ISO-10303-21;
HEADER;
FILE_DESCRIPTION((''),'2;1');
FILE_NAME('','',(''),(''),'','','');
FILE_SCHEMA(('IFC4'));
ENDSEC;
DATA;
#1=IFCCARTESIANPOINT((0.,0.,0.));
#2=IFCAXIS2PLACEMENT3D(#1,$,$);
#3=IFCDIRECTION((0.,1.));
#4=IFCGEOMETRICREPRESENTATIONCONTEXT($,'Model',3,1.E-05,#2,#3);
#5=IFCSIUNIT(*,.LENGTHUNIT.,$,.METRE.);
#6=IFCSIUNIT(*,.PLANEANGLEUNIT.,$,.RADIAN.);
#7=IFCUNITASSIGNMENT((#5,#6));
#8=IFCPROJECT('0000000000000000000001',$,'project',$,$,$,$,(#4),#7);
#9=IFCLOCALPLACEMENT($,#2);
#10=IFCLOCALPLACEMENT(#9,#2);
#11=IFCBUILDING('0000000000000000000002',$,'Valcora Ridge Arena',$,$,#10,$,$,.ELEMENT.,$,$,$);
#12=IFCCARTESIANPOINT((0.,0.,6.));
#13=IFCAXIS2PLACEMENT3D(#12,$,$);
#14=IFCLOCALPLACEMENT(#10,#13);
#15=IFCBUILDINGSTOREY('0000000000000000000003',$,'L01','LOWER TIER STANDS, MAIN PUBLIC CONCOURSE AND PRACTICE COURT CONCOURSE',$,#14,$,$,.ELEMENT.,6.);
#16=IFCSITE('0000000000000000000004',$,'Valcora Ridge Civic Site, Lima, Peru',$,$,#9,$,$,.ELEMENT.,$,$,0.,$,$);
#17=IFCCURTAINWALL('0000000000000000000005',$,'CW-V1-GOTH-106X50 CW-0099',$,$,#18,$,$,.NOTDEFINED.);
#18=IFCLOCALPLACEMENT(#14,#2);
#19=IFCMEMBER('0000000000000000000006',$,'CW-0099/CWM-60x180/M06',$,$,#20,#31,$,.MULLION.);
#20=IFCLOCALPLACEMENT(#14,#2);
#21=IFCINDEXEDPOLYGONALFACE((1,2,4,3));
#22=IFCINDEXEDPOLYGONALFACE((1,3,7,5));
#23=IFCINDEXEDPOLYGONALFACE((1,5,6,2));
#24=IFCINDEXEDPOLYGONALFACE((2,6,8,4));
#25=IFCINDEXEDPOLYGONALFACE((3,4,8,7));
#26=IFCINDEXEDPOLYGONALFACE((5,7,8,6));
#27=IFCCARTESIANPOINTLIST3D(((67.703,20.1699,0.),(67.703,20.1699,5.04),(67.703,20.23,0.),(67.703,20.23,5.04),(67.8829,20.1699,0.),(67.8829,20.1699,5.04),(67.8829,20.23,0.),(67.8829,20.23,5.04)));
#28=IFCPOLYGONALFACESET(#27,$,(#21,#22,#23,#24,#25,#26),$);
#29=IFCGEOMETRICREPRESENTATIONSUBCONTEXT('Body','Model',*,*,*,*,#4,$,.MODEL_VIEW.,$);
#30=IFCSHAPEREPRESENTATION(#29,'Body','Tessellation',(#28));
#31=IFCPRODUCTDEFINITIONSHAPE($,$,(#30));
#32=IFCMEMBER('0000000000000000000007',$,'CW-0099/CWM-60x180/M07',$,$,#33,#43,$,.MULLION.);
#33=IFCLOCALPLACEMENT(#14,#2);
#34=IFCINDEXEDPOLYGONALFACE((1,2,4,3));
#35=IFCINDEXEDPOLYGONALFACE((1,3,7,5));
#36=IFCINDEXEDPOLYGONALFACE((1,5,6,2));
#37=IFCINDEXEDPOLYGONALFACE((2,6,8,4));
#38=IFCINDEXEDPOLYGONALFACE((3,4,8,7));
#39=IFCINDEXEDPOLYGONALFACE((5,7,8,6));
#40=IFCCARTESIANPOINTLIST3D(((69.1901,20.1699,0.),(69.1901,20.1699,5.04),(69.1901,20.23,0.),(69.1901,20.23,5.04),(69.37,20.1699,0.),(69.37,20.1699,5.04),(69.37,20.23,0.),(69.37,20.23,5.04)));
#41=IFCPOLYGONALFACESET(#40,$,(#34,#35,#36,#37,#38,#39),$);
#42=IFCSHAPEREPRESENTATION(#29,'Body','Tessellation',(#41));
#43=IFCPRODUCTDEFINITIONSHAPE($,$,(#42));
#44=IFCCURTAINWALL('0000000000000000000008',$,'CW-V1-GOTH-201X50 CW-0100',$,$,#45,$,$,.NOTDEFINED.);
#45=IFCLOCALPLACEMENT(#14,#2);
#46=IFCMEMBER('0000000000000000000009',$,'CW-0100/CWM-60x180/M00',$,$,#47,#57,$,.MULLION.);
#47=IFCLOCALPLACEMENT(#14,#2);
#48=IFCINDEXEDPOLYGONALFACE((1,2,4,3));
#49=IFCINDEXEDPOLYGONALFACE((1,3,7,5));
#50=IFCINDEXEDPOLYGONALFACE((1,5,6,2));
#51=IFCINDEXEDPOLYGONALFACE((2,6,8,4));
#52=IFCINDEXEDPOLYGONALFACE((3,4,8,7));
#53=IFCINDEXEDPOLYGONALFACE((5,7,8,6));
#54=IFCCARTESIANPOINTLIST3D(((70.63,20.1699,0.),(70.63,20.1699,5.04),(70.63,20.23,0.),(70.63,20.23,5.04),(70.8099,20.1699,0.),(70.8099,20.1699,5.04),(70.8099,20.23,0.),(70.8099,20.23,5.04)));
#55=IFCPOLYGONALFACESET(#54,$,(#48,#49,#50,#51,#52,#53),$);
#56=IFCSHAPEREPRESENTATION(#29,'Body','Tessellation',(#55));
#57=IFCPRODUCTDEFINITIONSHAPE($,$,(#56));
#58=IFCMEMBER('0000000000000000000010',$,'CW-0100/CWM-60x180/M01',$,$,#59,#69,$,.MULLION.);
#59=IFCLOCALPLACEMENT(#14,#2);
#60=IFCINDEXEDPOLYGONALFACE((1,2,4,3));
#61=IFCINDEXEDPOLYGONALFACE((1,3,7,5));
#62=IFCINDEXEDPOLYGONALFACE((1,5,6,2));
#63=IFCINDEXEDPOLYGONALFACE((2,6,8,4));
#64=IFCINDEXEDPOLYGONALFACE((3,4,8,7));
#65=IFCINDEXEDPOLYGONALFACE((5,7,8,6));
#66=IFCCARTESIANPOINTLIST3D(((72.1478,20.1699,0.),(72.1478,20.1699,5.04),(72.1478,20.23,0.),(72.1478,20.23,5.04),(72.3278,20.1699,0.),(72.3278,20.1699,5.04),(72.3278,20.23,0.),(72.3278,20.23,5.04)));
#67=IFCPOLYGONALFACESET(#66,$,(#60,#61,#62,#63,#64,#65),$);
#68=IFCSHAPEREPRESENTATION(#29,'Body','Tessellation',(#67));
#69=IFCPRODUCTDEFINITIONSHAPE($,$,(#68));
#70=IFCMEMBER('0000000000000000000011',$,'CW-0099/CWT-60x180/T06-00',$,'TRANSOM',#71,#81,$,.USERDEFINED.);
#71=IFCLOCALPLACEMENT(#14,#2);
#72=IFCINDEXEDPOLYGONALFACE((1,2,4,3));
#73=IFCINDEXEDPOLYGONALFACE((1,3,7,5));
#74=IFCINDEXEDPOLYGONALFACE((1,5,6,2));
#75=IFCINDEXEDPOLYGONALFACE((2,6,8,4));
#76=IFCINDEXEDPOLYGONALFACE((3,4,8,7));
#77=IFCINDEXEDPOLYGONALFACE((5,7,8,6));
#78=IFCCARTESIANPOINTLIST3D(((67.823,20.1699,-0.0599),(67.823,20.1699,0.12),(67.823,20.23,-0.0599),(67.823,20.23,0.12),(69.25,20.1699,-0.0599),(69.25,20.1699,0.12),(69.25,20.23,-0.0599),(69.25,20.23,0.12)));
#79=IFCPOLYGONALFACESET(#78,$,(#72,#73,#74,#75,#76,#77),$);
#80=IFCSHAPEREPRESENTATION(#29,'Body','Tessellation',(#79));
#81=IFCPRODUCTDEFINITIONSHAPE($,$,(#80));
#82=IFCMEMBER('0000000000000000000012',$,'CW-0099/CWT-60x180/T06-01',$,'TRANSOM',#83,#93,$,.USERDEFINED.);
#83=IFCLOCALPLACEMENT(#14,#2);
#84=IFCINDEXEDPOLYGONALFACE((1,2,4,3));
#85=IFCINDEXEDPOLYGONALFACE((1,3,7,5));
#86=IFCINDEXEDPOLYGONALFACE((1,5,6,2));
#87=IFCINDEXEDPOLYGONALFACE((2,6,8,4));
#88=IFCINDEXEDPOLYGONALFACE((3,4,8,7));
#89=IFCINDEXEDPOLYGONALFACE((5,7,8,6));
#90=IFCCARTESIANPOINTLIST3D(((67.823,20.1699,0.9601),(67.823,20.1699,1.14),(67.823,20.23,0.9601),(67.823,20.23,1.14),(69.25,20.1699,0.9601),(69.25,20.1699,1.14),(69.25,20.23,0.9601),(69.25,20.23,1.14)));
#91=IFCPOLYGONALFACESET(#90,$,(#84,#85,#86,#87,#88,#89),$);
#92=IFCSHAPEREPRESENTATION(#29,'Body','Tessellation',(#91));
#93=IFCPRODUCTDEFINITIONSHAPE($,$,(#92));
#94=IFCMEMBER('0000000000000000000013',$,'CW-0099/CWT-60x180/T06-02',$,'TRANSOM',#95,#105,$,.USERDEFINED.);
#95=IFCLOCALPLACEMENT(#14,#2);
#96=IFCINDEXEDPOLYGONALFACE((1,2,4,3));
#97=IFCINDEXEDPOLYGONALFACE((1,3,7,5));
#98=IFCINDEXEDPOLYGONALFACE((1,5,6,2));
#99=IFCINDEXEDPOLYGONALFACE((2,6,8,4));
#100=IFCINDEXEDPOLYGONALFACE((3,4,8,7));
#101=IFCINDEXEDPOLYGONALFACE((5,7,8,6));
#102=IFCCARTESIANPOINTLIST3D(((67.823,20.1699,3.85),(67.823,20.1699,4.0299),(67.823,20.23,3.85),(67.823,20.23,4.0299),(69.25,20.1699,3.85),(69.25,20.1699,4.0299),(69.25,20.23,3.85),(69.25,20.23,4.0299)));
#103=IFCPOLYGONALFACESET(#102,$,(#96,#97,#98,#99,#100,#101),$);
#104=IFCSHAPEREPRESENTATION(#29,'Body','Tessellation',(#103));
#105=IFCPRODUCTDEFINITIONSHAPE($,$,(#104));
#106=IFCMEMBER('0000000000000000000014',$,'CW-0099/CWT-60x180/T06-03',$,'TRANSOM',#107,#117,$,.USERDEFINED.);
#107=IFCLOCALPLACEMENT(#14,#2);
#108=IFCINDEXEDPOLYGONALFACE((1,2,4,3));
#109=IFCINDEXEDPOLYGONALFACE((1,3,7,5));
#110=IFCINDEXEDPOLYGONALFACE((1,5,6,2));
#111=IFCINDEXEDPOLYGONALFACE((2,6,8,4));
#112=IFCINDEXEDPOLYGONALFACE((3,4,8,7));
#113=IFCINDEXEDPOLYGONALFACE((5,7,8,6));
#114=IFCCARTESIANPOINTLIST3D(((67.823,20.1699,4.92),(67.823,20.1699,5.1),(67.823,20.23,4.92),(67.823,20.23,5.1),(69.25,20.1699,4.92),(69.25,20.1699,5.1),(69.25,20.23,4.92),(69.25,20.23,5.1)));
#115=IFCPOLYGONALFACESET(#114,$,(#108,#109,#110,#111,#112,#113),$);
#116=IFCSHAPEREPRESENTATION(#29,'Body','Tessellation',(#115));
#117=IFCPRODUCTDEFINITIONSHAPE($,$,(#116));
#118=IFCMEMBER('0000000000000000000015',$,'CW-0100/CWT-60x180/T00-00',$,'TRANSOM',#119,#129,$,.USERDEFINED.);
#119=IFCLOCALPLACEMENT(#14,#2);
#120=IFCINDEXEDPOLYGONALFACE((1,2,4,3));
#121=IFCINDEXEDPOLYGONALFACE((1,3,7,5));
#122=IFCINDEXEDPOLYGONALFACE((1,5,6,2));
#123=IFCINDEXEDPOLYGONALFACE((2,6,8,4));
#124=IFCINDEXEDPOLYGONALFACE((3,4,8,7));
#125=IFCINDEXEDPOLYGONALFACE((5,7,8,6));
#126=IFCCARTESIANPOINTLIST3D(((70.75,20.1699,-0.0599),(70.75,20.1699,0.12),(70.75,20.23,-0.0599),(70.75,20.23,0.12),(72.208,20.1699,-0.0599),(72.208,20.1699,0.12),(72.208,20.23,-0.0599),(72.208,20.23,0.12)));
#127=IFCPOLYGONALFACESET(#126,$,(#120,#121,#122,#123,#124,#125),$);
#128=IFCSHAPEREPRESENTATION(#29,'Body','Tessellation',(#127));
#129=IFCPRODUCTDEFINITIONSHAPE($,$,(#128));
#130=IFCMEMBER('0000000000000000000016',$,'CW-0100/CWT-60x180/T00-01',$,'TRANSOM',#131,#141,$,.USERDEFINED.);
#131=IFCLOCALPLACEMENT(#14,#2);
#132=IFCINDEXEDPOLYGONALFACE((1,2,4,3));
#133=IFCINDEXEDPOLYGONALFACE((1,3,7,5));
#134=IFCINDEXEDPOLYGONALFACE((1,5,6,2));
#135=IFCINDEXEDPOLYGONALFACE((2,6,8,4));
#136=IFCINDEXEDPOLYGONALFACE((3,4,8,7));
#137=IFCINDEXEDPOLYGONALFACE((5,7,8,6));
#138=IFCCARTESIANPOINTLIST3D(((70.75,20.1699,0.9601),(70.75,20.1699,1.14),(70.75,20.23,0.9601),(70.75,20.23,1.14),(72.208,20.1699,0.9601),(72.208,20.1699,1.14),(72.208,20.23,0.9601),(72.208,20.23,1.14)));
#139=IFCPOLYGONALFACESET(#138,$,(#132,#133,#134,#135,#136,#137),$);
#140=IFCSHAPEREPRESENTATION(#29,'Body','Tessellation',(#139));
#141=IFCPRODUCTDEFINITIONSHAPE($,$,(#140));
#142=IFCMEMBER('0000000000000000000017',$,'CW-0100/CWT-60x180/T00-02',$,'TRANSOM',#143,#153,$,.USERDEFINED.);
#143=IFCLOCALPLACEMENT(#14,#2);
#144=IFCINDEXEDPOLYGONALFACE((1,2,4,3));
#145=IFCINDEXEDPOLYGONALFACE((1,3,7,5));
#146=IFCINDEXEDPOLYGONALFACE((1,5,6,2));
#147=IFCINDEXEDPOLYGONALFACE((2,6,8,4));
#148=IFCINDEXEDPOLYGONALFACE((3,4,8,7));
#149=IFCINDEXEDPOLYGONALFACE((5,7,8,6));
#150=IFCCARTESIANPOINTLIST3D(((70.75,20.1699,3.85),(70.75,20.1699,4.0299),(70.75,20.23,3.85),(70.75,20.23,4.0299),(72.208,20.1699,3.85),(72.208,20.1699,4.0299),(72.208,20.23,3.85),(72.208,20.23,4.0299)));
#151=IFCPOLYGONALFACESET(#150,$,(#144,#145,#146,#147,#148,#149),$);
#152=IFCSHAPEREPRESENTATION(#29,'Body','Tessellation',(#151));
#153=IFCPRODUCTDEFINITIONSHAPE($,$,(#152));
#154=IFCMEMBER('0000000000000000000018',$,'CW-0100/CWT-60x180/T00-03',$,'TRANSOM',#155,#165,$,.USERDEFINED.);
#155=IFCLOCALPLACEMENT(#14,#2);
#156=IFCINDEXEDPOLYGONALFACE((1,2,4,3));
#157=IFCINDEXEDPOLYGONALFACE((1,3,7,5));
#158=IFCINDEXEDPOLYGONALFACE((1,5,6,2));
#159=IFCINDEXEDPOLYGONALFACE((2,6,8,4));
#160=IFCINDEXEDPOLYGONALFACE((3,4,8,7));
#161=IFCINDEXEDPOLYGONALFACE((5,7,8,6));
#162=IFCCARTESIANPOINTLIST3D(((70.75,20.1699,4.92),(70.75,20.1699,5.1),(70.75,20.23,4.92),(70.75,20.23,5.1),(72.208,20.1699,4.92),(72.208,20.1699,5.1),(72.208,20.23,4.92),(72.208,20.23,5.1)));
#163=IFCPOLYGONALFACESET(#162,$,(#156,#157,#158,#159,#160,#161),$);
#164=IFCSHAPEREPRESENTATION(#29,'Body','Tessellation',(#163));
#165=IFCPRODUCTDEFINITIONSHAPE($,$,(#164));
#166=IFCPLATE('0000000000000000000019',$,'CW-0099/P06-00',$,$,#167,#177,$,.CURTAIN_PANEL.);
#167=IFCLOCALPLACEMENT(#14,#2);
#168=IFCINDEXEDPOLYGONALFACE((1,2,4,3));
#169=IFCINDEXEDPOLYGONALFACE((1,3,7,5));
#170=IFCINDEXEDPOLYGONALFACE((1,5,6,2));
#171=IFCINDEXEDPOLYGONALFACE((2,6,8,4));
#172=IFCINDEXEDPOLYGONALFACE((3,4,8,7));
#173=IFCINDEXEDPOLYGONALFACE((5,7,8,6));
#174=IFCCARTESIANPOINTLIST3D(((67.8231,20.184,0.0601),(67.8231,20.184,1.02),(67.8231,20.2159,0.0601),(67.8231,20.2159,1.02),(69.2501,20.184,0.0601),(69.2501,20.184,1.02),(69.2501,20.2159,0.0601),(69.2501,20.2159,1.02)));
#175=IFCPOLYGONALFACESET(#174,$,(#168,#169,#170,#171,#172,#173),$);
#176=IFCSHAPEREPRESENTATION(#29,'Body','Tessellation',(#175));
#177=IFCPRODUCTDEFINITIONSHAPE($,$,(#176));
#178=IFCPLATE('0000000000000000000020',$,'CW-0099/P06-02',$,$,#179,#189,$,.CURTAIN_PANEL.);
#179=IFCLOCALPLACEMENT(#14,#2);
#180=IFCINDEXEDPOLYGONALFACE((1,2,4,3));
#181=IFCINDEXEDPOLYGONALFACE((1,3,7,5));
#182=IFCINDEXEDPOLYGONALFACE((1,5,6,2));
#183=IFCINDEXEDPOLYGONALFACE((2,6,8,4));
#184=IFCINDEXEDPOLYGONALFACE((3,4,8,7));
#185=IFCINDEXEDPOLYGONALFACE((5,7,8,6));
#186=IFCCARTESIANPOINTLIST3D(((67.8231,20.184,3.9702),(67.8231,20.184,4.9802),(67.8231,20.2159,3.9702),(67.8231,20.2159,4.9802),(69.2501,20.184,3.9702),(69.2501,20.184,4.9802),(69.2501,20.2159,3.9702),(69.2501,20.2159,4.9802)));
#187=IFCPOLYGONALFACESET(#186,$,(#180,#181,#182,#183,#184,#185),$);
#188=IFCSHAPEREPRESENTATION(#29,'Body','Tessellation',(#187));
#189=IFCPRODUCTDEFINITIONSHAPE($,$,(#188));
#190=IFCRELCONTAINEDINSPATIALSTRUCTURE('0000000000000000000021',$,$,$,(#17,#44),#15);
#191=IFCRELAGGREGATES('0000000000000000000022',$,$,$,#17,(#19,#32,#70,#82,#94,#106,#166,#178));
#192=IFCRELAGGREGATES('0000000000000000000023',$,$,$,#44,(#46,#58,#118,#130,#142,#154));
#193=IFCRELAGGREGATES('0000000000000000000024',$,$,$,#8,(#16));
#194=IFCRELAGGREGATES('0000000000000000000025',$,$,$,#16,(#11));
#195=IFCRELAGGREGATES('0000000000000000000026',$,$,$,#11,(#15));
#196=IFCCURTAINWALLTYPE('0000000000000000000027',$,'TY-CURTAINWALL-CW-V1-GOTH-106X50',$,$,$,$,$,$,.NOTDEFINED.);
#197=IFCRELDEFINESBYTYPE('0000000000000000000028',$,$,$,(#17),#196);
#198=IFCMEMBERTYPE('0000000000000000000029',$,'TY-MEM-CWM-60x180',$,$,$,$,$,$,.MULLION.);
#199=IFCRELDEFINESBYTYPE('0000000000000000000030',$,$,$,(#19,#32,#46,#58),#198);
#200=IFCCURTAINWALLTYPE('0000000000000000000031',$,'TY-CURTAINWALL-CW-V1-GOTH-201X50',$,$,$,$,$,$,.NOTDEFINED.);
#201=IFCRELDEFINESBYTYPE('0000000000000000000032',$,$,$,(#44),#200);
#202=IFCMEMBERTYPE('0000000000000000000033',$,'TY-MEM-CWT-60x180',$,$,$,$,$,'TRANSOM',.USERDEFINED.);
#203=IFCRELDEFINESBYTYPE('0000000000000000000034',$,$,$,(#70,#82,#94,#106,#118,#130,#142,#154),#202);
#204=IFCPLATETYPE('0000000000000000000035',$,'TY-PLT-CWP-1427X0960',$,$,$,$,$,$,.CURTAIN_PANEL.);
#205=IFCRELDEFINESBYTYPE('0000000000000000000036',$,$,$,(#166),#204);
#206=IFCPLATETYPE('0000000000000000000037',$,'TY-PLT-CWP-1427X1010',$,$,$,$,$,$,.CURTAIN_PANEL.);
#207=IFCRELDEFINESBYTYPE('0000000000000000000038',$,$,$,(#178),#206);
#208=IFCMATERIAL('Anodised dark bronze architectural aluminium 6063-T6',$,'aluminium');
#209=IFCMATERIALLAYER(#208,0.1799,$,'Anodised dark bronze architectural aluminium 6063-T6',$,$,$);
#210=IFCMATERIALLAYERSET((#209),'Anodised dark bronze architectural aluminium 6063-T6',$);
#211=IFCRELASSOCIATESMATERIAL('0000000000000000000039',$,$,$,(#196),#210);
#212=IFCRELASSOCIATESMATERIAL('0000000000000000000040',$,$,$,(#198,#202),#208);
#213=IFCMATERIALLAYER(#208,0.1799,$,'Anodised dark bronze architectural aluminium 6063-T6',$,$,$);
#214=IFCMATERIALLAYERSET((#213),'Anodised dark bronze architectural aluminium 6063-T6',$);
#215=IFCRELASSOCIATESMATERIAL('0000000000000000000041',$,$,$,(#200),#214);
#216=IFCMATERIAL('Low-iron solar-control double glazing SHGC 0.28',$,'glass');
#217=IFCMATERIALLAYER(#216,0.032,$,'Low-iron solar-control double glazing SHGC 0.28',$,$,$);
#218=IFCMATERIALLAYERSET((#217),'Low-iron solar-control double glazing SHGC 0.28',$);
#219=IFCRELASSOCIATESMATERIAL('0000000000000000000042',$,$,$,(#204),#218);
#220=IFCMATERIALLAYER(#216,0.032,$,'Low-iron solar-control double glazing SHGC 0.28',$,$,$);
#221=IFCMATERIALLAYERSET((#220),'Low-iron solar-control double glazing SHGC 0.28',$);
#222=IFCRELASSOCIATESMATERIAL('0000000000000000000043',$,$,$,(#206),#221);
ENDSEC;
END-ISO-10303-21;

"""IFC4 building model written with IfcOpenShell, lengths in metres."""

from ifc_helpers import new_model, si_unit, direction, frame, origin, origin_2d, place, context, subcontext, project, spatial, rectangle, extrude, material, layer, layer_set, material_profile, profile_set, type_object, element, aggregate, save


model = new_model("IFC4")

# Units and contexts
model_context = context("Model", 3, precision=1e-05, world=origin(), true_north=direction((0.0, 1.0)))
body_context = subcontext(model_context, "Body", "Model", "MODEL_VIEW")
ifc_project = project(units=[si_unit("LENGTHUNIT", "METRE"), si_unit("PLANEANGLEUNIT", "RADIAN")], contexts=[model_context])

# Site, building, storey
site_placement = place(None, origin())
site = spatial("IfcSite", under=ifc_project, at=site_placement, Name="Valcora Ridge Civic Site, Lima, Peru", CompositionType="ELEMENT", RefElevation=0.0)
building_placement = place(site_placement, origin())
building = spatial("IfcBuilding", under=site, at=building_placement, Name="Valcora Ridge Arena", CompositionType="ELEMENT")
storey_placement = place(building_placement, frame((0.0, 0.0, 6.0)))
storey = spatial("IfcBuildingStorey", under=building, at=storey_placement, Name="L01", Description="LOWER TIER STANDS, MAIN PUBLIC CONCOURSE AND PRACTICE COURT CONCOURSE", CompositionType="ELEMENT", Elevation=6.0)

# Curtain walls, members
ifc_material_1 = material(Name="Anodised dark bronze architectural aluminium 6063-T6", Category="aluminium")
ifc_layer_1 = layer(ifc_material_1, 0.1799, Name="Anodised dark bronze architectural aluminium 6063-T6")
ifc_layer_set_1 = layer_set([ifc_layer_1], Name="Anodised dark bronze architectural aluminium 6063-T6")
curtain_wall_type_1 = type_object("IfcCurtainWallType", Name="TY-CURTAINWALL-CW-V1-GOTH-106X50", PredefinedType="NOTDEFINED", material=ifc_layer_set_1)
curtain_wall_1_placement = place(storey_placement, origin())
curtain_wall_1 = element("IfcCurtainWall", 1, at=curtain_wall_1_placement, inside=storey, type_object=curtain_wall_type_1, Name="CW-V1-GOTH-106X50 CW-0099", PredefinedType="NOTDEFINED")
ifc_material_profile_1 = material_profile(ifc_material_1, rectangle(XDim=0.0601, YDim=0.1799, at=origin_2d()), Name="ALU MULLION 60x180")
ifc_profile_set_1 = profile_set([ifc_material_profile_1], Name="Anodised dark bronze architectural aluminium 6063-T6")
member_type_1 = type_object("IfcMemberType", Name="TY-MEM-CWM-60x180", PredefinedType="MULLION", material=ifc_profile_set_1)
member_1_placement = place(storey_placement, frame((67.793, 20.2, 0.0), z_axis=(0.0, 0.0, 1.0), x_axis=(0.0, 1.0, 0.0)))
member_1 = element("IfcMember", 2, at=member_1_placement, type_object=member_type_1, Name="CW-0099/CWM-60x180/M06", PredefinedType="MULLION", context=body_context, shape_type="SweptSolid", body=[
    extrude(rectangle(XDim=0.0601, YDim=0.1799, at=origin_2d()), origin(), (0.0, 0.0, 1.0), 5.04),
])
member_2_placement = place(storey_placement, frame((69.28, 20.2, 0.0), z_axis=(0.0, 0.0, 1.0), x_axis=(0.0, 1.0, 0.0)))
member_2 = element("IfcMember", 3, at=member_2_placement, type_object=member_type_1, Name="CW-0099/CWM-60x180/M07", PredefinedType="MULLION", context=body_context, shape_type="SweptSolid", body=[
    extrude(rectangle(XDim=0.0601, YDim=0.1799, at=origin_2d()), origin(), (0.0, 0.0, 1.0), 5.04),
])
ifc_layer_2 = layer(ifc_material_1, 0.1799, Name="Anodised dark bronze architectural aluminium 6063-T6")
ifc_layer_set_2 = layer_set([ifc_layer_2], Name="Anodised dark bronze architectural aluminium 6063-T6")
curtain_wall_type_2 = type_object("IfcCurtainWallType", Name="TY-CURTAINWALL-CW-V1-GOTH-201X50", PredefinedType="NOTDEFINED", material=ifc_layer_set_2)
curtain_wall_2_placement = place(storey_placement, origin())
curtain_wall_2 = element("IfcCurtainWall", 4, at=curtain_wall_2_placement, inside=storey, type_object=curtain_wall_type_2, Name="CW-V1-GOTH-201X50 CW-0100", PredefinedType="NOTDEFINED")
member_3_placement = place(storey_placement, frame((70.72, 20.2, 0.0), z_axis=(0.0, 0.0, 1.0), x_axis=(0.0, 1.0, 0.0)))
member_3 = element("IfcMember", 5, at=member_3_placement, type_object=member_type_1, Name="CW-0100/CWM-60x180/M00", PredefinedType="MULLION", context=body_context, shape_type="SweptSolid", body=[
    extrude(rectangle(XDim=0.0601, YDim=0.1799, at=origin_2d()), origin(), (0.0, 0.0, 1.0), 5.04),
])
member_4_placement = place(storey_placement, frame((72.2378, 20.2, 0.0), z_axis=(0.0, 0.0, 1.0), x_axis=(0.0, 1.0, 0.0)))
member_4 = element("IfcMember", 6, at=member_4_placement, type_object=member_type_1, Name="CW-0100/CWM-60x180/M01", PredefinedType="MULLION", context=body_context, shape_type="SweptSolid", body=[
    extrude(rectangle(XDim=0.0601, YDim=0.1799, at=origin_2d()), origin(), (0.0, 0.0, 1.0), 5.04),
])

# Members
ifc_material_profile_2 = material_profile(ifc_material_1, rectangle(XDim=0.0601, YDim=0.1799, at=origin_2d()), Name="ALU TRANSOM 60x180")
ifc_profile_set_2 = profile_set([ifc_material_profile_2], Name="Anodised dark bronze architectural aluminium 6063-T6")
member_type_2 = type_object("IfcMemberType", Name="TY-MEM-CWT-60x180", ElementType="TRANSOM", PredefinedType="USERDEFINED", material=ifc_profile_set_2)
member_5_placement = place(storey_placement, frame((67.823, 20.2, 0.03), z_axis=(1.0, 0.0, 0.0), x_axis=(0.0, 1.0, 0.0)))
member_5 = element("IfcMember", 7, at=member_5_placement, type_object=member_type_2, Name="CW-0099/CWT-60x180/T06-00", ObjectType="TRANSOM", PredefinedType="USERDEFINED", context=body_context, shape_type="SweptSolid", body=[
    extrude(rectangle(XDim=0.0601, YDim=0.1799, at=origin_2d()), origin(), (0.0, 0.0, 1.0), 1.427),
])
member_6_placement = place(storey_placement, frame((67.823, 20.2, 1.05), z_axis=(1.0, 0.0, 0.0), x_axis=(0.0, 1.0, 0.0)))
member_6 = element("IfcMember", 8, at=member_6_placement, type_object=member_type_2, Name="CW-0099/CWT-60x180/T06-01", ObjectType="TRANSOM", PredefinedType="USERDEFINED", context=body_context, shape_type="SweptSolid", body=[
    extrude(rectangle(XDim=0.0601, YDim=0.1799, at=origin_2d()), origin(), (0.0, 0.0, 1.0), 1.427),
])
member_7_placement = place(storey_placement, frame((67.823, 20.2, 3.9399), z_axis=(1.0, 0.0, 0.0), x_axis=(0.0, 1.0, 0.0)))
member_7 = element("IfcMember", 9, at=member_7_placement, type_object=member_type_2, Name="CW-0099/CWT-60x180/T06-02", ObjectType="TRANSOM", PredefinedType="USERDEFINED", context=body_context, shape_type="SweptSolid", body=[
    extrude(rectangle(XDim=0.0601, YDim=0.1799, at=origin_2d()), origin(), (0.0, 0.0, 1.0), 1.427),
])
member_8_placement = place(storey_placement, frame((67.823, 20.2, 5.01), z_axis=(1.0, 0.0, 0.0), x_axis=(0.0, 1.0, 0.0)))
member_8 = element("IfcMember", 10, at=member_8_placement, type_object=member_type_2, Name="CW-0099/CWT-60x180/T06-03", ObjectType="TRANSOM", PredefinedType="USERDEFINED", context=body_context, shape_type="SweptSolid", body=[
    extrude(rectangle(XDim=0.0601, YDim=0.1799, at=origin_2d()), origin(), (0.0, 0.0, 1.0), 1.427),
])
member_9_placement = place(storey_placement, frame((70.75, 20.2, 0.03), z_axis=(1.0, 0.0, 0.0), x_axis=(0.0, 1.0, 0.0)))
member_9 = element("IfcMember", 11, at=member_9_placement, type_object=member_type_2, Name="CW-0100/CWT-60x180/T00-00", ObjectType="TRANSOM", PredefinedType="USERDEFINED", context=body_context, shape_type="SweptSolid", body=[
    extrude(rectangle(XDim=0.0601, YDim=0.1799, at=origin_2d()), origin(), (0.0, 0.0, 1.0), 1.458),
])
member_10_placement = place(storey_placement, frame((70.75, 20.2, 1.05), z_axis=(1.0, 0.0, 0.0), x_axis=(0.0, 1.0, 0.0)))
member_10 = element("IfcMember", 12, at=member_10_placement, type_object=member_type_2, Name="CW-0100/CWT-60x180/T00-01", ObjectType="TRANSOM", PredefinedType="USERDEFINED", context=body_context, shape_type="SweptSolid", body=[
    extrude(rectangle(XDim=0.0601, YDim=0.1799, at=origin_2d()), origin(), (0.0, 0.0, 1.0), 1.458),
])
member_11_placement = place(storey_placement, frame((70.75, 20.2, 3.9399), z_axis=(1.0, 0.0, 0.0), x_axis=(0.0, 1.0, 0.0)))
member_11 = element("IfcMember", 13, at=member_11_placement, type_object=member_type_2, Name="CW-0100/CWT-60x180/T00-02", ObjectType="TRANSOM", PredefinedType="USERDEFINED", context=body_context, shape_type="SweptSolid", body=[
    extrude(rectangle(XDim=0.0601, YDim=0.1799, at=origin_2d()), origin(), (0.0, 0.0, 1.0), 1.458),
])
member_12_placement = place(storey_placement, frame((70.75, 20.2, 5.01), z_axis=(1.0, 0.0, 0.0), x_axis=(0.0, 1.0, 0.0)))
member_12 = element("IfcMember", 14, at=member_12_placement, type_object=member_type_2, Name="CW-0100/CWT-60x180/T00-03", ObjectType="TRANSOM", PredefinedType="USERDEFINED", context=body_context, shape_type="SweptSolid", body=[
    extrude(rectangle(XDim=0.0601, YDim=0.1799, at=origin_2d()), origin(), (0.0, 0.0, 1.0), 1.458),
])

# Plates
ifc_material_2 = material(Name="Low-iron solar-control double glazing SHGC 0.28", Category="glass")
ifc_layer_3 = layer(ifc_material_2, 0.032, Name="Low-iron solar-control double glazing SHGC 0.28")
ifc_layer_set_3 = layer_set([ifc_layer_3], Name="Low-iron solar-control double glazing SHGC 0.28")
plate_type_1 = type_object("IfcPlateType", Name="TY-PLT-CWP-1427X0960", PredefinedType="CURTAIN_PANEL", material=ifc_layer_set_3)
plate_1_placement = place(storey_placement, frame((68.5366, 20.2, 0.0601), z_axis=(0.0, 0.0, 1.0), x_axis=(1.0, 0.0, 0.0)))
plate_1 = element("IfcPlate", 15, at=plate_1_placement, type_object=plate_type_1, Name="CW-0099/P06-00", PredefinedType="CURTAIN_PANEL", context=body_context, shape_type="SweptSolid", body=[
    extrude(rectangle(XDim=1.427, YDim=0.032, at=origin_2d()), origin(), (0.0, 0.0, 1.0), 0.96),
])
ifc_layer_4 = layer(ifc_material_2, 0.032, Name="Low-iron solar-control double glazing SHGC 0.28")
ifc_layer_set_4 = layer_set([ifc_layer_4], Name="Low-iron solar-control double glazing SHGC 0.28")
plate_type_2 = type_object("IfcPlateType", Name="TY-PLT-CWP-1427X1010", PredefinedType="CURTAIN_PANEL", material=ifc_layer_set_4)
plate_2_placement = place(storey_placement, frame((68.5366, 20.2, 3.9702), z_axis=(0.0, 0.0, 1.0), x_axis=(1.0, 0.0, 0.0)))
plate_2 = element("IfcPlate", 16, at=plate_2_placement, type_object=plate_type_2, Name="CW-0099/P06-02", PredefinedType="CURTAIN_PANEL", context=body_context, shape_type="SweptSolid", body=[
    extrude(rectangle(XDim=1.427, YDim=0.032, at=origin_2d()), origin(), (0.0, 0.0, 1.0), 1.01),
])
aggregate(curtain_wall_1, [member_1, member_2, member_5, member_6, member_7, member_8, plate_1, plate_2])
aggregate(curtain_wall_2, [member_3, member_4, member_9, member_10, member_11, member_12])

save(model, "model.ifc")
